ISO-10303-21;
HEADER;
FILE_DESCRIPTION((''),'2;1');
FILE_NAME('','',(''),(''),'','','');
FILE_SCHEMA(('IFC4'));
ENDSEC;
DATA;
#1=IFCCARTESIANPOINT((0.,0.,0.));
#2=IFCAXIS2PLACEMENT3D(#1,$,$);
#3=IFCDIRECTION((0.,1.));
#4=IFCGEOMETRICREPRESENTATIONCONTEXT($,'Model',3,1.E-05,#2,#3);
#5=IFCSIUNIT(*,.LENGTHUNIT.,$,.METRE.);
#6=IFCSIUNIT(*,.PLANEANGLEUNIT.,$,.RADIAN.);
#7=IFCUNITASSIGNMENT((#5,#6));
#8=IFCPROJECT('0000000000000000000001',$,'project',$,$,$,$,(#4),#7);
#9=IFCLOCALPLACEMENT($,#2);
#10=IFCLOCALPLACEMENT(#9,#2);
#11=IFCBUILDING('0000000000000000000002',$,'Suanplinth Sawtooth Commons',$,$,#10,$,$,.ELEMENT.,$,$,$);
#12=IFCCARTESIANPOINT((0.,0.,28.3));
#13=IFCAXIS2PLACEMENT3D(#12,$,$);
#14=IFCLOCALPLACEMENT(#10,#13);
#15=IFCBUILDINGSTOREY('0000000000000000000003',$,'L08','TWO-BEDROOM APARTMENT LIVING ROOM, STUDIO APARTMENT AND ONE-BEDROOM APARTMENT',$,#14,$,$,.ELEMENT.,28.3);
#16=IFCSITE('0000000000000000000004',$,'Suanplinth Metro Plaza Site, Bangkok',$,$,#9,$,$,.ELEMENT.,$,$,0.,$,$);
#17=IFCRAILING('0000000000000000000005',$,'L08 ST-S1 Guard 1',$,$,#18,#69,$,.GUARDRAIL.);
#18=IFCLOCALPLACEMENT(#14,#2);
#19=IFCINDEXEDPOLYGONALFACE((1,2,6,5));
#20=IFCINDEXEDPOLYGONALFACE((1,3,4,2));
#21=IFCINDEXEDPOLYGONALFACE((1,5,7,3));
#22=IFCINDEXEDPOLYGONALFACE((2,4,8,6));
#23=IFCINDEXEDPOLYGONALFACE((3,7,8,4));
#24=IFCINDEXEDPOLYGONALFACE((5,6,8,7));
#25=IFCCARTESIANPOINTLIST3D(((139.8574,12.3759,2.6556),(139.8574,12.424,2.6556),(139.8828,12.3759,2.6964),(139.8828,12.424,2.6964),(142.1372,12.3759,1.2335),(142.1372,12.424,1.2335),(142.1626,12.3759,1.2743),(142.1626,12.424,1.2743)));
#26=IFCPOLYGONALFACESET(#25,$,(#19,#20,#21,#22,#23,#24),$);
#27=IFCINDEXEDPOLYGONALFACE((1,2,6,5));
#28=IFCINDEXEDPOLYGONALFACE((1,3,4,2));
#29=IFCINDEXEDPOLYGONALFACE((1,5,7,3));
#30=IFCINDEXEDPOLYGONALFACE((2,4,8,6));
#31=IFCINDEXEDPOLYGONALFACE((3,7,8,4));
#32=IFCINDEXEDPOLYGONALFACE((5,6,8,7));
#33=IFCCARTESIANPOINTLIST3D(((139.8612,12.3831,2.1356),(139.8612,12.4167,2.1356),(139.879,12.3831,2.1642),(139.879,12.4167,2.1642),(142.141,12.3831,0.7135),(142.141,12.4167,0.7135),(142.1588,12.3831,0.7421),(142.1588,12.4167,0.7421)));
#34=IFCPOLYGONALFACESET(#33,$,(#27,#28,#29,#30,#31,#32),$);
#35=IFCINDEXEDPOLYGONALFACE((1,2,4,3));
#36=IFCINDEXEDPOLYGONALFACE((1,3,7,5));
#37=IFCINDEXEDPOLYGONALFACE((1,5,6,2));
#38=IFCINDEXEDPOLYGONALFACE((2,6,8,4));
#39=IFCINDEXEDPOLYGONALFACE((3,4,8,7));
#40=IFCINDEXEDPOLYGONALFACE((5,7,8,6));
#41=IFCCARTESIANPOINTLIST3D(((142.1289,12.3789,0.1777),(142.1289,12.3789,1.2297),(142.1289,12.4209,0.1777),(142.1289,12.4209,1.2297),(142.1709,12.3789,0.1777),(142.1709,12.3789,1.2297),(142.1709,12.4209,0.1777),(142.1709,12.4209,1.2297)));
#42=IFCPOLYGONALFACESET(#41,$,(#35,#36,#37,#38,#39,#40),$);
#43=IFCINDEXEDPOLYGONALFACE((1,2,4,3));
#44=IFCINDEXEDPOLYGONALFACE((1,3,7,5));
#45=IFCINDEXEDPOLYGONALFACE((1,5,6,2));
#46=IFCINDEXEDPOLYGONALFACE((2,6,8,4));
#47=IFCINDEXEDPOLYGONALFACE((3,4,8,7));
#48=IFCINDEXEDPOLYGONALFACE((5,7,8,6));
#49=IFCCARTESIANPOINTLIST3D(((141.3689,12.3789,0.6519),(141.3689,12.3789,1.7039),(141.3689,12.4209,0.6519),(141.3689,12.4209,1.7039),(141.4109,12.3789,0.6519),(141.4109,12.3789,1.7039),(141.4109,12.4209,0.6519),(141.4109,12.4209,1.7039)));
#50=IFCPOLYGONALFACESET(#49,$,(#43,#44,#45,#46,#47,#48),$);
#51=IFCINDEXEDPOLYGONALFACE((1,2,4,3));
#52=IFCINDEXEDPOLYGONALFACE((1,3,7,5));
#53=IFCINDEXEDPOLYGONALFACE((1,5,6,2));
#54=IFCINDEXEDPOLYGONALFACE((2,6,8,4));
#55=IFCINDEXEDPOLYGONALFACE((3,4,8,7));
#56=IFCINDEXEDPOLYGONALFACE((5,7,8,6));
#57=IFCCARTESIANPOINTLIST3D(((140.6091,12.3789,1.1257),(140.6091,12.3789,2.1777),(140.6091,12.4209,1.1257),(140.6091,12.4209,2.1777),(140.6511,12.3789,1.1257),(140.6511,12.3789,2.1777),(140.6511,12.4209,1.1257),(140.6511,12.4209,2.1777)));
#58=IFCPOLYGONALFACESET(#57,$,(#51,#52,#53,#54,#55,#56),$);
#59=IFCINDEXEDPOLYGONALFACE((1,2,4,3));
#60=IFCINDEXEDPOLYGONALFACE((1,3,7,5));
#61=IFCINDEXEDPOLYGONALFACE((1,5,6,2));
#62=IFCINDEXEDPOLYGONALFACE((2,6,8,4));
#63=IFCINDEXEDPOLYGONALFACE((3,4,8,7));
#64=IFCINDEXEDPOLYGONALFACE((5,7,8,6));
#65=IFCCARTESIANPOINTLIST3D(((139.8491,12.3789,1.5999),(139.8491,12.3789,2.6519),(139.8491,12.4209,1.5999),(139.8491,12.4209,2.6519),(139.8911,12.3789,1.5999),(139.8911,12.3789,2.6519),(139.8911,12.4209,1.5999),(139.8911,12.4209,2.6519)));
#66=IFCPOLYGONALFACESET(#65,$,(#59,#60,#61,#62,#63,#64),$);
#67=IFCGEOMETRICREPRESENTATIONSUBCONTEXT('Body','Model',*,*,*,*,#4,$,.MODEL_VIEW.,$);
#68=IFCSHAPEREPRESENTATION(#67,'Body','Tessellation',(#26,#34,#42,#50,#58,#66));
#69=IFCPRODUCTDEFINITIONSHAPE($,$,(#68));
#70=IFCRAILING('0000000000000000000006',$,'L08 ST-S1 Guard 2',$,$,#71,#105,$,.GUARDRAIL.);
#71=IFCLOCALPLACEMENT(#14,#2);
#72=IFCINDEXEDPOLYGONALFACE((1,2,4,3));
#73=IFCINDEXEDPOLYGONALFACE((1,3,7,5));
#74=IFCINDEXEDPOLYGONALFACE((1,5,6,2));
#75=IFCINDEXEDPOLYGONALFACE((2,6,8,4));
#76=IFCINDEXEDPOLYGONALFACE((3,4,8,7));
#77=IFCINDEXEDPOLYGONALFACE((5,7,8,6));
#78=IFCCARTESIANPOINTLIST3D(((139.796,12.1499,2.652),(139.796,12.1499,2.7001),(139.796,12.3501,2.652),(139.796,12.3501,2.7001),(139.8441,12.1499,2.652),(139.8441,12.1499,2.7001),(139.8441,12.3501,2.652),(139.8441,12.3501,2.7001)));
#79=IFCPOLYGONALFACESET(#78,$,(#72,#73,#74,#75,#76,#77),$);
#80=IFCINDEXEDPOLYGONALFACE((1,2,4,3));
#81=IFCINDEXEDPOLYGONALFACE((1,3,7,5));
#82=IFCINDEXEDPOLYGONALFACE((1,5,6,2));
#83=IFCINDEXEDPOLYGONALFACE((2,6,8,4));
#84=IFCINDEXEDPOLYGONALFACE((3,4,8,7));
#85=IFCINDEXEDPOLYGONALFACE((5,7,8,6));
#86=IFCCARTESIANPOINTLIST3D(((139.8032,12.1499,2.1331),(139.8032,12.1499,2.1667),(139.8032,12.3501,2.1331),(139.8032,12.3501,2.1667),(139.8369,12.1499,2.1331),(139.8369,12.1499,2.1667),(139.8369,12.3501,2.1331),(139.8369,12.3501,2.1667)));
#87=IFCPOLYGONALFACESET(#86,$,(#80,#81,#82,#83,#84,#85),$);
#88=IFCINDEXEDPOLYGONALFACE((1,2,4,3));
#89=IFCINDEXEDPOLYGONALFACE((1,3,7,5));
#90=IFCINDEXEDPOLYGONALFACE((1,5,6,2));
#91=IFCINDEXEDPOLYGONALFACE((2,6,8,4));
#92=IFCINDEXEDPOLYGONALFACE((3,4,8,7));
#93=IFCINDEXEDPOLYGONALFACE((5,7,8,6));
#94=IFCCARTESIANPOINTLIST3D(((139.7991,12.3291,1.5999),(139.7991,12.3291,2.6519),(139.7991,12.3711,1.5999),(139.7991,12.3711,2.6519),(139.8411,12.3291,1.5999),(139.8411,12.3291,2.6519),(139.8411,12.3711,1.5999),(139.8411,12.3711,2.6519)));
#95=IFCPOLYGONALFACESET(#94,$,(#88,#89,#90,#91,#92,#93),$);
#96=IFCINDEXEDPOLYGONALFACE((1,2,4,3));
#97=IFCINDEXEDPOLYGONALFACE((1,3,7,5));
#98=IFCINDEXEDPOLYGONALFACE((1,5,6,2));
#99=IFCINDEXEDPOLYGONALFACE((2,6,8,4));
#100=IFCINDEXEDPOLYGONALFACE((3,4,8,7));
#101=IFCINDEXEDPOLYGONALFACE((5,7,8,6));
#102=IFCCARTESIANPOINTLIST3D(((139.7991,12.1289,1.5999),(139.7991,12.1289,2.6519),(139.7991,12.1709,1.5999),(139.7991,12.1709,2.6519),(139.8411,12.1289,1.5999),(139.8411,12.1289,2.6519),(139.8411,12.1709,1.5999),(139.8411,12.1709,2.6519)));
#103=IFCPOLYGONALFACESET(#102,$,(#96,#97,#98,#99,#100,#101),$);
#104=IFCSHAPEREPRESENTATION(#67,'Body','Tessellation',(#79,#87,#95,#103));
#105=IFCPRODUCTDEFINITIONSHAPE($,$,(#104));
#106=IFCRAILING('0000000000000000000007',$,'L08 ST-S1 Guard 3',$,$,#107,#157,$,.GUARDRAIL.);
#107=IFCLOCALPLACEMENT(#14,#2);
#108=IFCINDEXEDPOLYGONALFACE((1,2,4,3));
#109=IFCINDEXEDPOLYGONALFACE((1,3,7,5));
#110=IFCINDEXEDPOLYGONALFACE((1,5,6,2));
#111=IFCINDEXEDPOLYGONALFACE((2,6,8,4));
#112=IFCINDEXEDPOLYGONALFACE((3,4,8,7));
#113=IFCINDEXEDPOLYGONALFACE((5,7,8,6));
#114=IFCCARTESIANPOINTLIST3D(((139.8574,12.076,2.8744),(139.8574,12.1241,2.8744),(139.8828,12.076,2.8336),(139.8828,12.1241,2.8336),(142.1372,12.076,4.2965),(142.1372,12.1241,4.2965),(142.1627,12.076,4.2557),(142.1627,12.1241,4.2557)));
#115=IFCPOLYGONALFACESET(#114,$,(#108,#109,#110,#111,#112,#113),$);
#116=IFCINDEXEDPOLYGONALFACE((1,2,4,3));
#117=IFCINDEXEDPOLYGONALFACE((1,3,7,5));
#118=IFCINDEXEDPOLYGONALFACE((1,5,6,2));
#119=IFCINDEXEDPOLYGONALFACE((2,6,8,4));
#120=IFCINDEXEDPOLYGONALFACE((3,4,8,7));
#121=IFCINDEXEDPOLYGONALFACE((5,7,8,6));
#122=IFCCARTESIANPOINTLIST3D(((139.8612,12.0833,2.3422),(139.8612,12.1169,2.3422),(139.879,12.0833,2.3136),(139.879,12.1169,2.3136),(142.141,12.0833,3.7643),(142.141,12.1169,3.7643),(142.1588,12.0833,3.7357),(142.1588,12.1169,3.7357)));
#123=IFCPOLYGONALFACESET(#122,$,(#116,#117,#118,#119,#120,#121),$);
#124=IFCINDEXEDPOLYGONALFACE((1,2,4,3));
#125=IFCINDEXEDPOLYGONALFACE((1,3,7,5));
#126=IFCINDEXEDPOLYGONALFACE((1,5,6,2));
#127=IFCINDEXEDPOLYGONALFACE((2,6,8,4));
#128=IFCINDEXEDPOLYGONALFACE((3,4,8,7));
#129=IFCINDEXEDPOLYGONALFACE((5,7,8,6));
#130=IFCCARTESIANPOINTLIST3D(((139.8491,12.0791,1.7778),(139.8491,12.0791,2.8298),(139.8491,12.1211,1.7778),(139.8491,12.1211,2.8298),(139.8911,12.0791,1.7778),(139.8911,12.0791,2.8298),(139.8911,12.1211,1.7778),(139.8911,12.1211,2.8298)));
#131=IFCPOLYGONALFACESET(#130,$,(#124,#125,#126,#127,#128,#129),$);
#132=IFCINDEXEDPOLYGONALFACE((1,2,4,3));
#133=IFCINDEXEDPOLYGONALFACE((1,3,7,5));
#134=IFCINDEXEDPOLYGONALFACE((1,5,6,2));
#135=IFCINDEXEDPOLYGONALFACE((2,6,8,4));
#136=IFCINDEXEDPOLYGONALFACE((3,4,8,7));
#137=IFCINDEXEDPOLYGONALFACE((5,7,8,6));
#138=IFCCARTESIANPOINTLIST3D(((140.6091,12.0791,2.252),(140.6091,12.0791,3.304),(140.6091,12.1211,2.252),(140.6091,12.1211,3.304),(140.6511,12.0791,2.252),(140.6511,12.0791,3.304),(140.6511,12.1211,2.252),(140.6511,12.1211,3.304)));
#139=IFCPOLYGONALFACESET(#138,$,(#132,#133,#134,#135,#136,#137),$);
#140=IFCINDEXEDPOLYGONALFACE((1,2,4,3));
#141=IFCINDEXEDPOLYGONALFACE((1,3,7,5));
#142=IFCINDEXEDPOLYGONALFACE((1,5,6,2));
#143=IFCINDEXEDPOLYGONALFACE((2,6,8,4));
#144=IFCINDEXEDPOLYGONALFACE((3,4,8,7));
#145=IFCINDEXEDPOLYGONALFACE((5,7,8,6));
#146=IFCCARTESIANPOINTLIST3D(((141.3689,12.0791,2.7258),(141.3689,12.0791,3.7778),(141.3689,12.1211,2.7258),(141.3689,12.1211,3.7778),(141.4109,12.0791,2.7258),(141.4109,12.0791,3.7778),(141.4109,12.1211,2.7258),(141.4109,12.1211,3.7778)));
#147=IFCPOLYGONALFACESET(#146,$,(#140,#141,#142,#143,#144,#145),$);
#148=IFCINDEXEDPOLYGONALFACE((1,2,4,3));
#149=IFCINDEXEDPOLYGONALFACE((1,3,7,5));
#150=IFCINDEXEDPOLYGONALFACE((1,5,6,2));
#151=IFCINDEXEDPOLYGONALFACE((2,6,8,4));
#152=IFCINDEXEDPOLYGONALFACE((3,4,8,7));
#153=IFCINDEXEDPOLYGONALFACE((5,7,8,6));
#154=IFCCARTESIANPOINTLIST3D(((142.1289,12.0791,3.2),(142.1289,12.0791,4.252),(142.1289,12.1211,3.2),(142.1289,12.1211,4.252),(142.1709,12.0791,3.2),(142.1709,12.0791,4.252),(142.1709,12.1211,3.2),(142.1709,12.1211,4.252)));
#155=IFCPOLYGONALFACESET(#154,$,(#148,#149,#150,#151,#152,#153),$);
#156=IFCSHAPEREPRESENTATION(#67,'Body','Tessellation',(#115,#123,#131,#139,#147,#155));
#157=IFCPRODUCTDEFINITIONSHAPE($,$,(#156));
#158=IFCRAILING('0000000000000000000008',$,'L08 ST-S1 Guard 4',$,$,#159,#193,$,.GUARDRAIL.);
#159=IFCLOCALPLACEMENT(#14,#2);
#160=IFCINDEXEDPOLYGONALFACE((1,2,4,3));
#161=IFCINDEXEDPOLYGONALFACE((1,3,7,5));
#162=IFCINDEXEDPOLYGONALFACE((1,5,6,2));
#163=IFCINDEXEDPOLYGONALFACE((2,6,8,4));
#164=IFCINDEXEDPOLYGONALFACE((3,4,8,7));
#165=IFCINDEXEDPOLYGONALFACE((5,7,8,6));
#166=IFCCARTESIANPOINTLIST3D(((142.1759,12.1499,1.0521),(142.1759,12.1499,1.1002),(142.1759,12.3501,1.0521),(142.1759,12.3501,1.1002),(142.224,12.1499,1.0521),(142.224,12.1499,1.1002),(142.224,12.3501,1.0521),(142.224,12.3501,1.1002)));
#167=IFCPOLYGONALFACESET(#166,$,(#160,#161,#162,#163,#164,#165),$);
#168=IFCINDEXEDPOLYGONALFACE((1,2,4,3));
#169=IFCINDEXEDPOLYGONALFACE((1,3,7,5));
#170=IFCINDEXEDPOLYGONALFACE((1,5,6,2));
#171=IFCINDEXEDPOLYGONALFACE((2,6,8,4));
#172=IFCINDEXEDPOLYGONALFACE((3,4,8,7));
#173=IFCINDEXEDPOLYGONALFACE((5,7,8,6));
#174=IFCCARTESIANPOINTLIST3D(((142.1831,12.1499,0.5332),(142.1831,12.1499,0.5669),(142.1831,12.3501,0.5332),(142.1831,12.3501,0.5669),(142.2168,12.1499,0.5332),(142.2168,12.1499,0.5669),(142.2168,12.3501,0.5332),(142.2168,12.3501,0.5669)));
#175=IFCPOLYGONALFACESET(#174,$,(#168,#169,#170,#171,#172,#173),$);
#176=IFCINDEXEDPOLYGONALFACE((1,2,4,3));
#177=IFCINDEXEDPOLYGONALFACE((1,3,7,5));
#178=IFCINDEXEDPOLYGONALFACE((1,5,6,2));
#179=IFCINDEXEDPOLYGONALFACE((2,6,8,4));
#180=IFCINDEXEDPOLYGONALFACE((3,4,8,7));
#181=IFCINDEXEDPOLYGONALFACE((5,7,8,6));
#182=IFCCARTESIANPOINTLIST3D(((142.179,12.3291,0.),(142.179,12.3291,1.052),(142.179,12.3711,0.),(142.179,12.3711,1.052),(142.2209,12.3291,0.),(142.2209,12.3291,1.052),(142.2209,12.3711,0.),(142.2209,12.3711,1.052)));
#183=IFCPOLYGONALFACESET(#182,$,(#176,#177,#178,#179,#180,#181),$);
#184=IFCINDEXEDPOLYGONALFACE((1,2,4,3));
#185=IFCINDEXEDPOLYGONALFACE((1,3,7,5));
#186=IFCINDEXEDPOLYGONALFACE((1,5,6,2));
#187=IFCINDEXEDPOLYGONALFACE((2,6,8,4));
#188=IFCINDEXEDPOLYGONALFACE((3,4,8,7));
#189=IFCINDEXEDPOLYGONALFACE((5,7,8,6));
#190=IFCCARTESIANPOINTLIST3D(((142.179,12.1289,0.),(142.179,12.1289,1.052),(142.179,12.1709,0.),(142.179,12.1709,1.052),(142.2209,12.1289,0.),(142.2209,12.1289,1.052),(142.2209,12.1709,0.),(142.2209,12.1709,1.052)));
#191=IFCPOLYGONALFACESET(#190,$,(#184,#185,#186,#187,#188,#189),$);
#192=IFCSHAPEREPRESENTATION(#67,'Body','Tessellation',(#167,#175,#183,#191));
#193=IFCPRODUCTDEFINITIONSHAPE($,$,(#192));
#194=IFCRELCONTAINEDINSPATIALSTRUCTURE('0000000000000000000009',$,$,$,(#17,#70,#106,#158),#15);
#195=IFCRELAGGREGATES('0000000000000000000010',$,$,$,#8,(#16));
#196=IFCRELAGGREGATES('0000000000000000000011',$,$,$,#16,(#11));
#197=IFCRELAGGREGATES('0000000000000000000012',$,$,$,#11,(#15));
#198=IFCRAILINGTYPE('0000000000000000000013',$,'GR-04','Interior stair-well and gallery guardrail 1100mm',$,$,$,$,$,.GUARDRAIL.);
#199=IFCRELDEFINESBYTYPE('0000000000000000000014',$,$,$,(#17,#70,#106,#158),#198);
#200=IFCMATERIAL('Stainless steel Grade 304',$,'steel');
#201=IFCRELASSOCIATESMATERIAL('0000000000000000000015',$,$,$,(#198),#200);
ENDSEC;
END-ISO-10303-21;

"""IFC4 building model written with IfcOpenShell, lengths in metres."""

from ifc_helpers import new_model, si_unit, direction, frame, origin, origin_2d, place, context, subcontext, project, spatial, rectangle, extrude, material, type_object, element, save


model = new_model("IFC4")

# Units and contexts
model_context = context("Model", 3, precision=1e-05, world=origin(), true_north=direction((0.0, 1.0)))
body_context = subcontext(model_context, "Body", "Model", "MODEL_VIEW")
ifc_project = project(units=[si_unit("LENGTHUNIT", "METRE"), si_unit("PLANEANGLEUNIT", "RADIAN")], contexts=[model_context])

# Site, building, storey
site_placement = place(None, origin())
site = spatial("IfcSite", under=ifc_project, at=site_placement, Name="Suanplinth Metro Plaza Site, Bangkok", CompositionType="ELEMENT", RefElevation=0.0)
building_placement = place(site_placement, origin())
building = spatial("IfcBuilding", under=site, at=building_placement, Name="Suanplinth Sawtooth Commons", CompositionType="ELEMENT")
storey_placement = place(building_placement, frame((0.0, 0.0, 28.3)))
storey = spatial("IfcBuildingStorey", under=building, at=storey_placement, Name="L08", Description="TWO-BEDROOM APARTMENT LIVING ROOM, STUDIO APARTMENT AND ONE-BEDROOM APARTMENT", CompositionType="ELEMENT", Elevation=28.3)

# Shared definitions
ifc_material_1 = material(Name="Stainless steel Grade 304", Category="steel")

# Railings
railing_type_1 = type_object("IfcRailingType", Name="GR-04", Description="Interior stair-well and gallery guardrail 1100mm", PredefinedType="GUARDRAIL", material=ifc_material_1)
railing_1_placement = place(storey_placement, frame((142.1499, 12.3999, 0.1777)))
element("IfcRailing", 1, at=railing_1_placement, inside=storey, type_object=railing_type_1, Name="L08 ST-S1 Guard 1", PredefinedType="GUARDRAIL", context=body_context, shape_type="SweptSolid", body=[
    extrude(rectangle(XDim=0.0481, YDim=0.0481, at=origin_2d()), frame((0.0, 0.0, 1.0762), z_axis=(-0.848457, 0.0, 0.529264), x_axis=(0.0, -1.0, 0.0)), (0.0, 0.0, 1.0), 2.687),
    extrude(rectangle(XDim=0.0337, YDim=0.0337, at=origin_2d()), frame((0.0, 0.0, 0.55), z_axis=(-0.848457, 0.0, 0.529264), x_axis=(0.0, -1.0, 0.0)), (0.0, 0.0, 1.0), 2.687),
    extrude(rectangle(XDim=0.042, YDim=0.042, at=origin_2d()), origin(), (0.0, 0.0, 1.0), 1.052),
    extrude(rectangle(XDim=0.042, YDim=0.042, at=origin_2d()), frame((-0.76, 0.0, 0.4741)), (0.0, 0.0, 1.0), 1.052),
    extrude(rectangle(XDim=0.042, YDim=0.042, at=origin_2d()), frame((-1.5198, 0.0, 0.948)), (0.0, 0.0, 1.0), 1.052),
    extrude(rectangle(XDim=0.042, YDim=0.042, at=origin_2d()), frame((-2.2798, 0.0, 1.4221)), (0.0, 0.0, 1.0), 1.052),
])
railing_2_placement = place(storey_placement, frame((139.8201, 12.3501, 1.5999)))
element("IfcRailing", 2, at=railing_2_placement, inside=storey, type_object=railing_type_1, Name="L08 ST-S1 Guard 2", PredefinedType="GUARDRAIL", context=body_context, shape_type="SweptSolid", body=[
    extrude(rectangle(XDim=0.0481, YDim=0.0481, at=origin_2d()), frame((0.0, 0.0, 1.0762), z_axis=(0.0, -1.0, 0.0), x_axis=(1.0, 0.0, 0.0)), (0.0, 0.0, 1.0), 0.2002),
    extrude(rectangle(XDim=0.0337, YDim=0.0337, at=origin_2d()), frame((0.0, 0.0, 0.55), z_axis=(0.0, -1.0, 0.0), x_axis=(1.0, 0.0, 0.0)), (0.0, 0.0, 1.0), 0.2002),
    extrude(rectangle(XDim=0.042, YDim=0.042, at=origin_2d()), origin(), (0.0, 0.0, 1.0), 1.052),
    extrude(rectangle(XDim=0.042, YDim=0.042, at=origin_2d()), frame((0.0, -0.2002, 0.0)), (0.0, 0.0, 1.0), 1.052),
])
railing_3_placement = place(storey_placement, frame((139.8701, 12.1001, 1.7778)))
element("IfcRailing", 3, at=railing_3_placement, inside=storey, type_object=railing_type_1, Name="L08 ST-S1 Guard 3", PredefinedType="GUARDRAIL", context=body_context, shape_type="SweptSolid", body=[
    extrude(rectangle(XDim=0.0481, YDim=0.0481, at=origin_2d()), frame((0.0, 0.0, 1.0762), z_axis=(0.848457, 0.0, 0.529264), x_axis=(0.0, 1.0, 0.0)), (0.0, 0.0, 1.0), 2.687),
    extrude(rectangle(XDim=0.0337, YDim=0.0337, at=origin_2d()), frame((0.0, 0.0, 0.55), z_axis=(0.848457, 0.0, 0.529264), x_axis=(0.0, 1.0, 0.0)), (0.0, 0.0, 1.0), 2.687),
    extrude(rectangle(XDim=0.042, YDim=0.042, at=origin_2d()), origin(), (0.0, 0.0, 1.0), 1.052),
    extrude(rectangle(XDim=0.042, YDim=0.042, at=origin_2d()), frame((0.76, 0.0, 0.4741)), (0.0, 0.0, 1.0), 1.052),
    extrude(rectangle(XDim=0.042, YDim=0.042, at=origin_2d()), frame((1.5198, 0.0, 0.948)), (0.0, 0.0, 1.0), 1.052),
    extrude(rectangle(XDim=0.042, YDim=0.042, at=origin_2d()), frame((2.2798, 0.0, 1.4221)), (0.0, 0.0, 1.0), 1.052),
])
railing_4_placement = place(storey_placement, frame((142.2, 12.3501, 0.0)))
element("IfcRailing", 4, at=railing_4_placement, inside=storey, type_object=railing_type_1, Name="L08 ST-S1 Guard 4", PredefinedType="GUARDRAIL", context=body_context, shape_type="SweptSolid", body=[
    extrude(rectangle(XDim=0.0481, YDim=0.0481, at=origin_2d()), frame((0.0, 0.0, 1.0762), z_axis=(0.0, -1.0, 0.0), x_axis=(1.0, 0.0, 0.0)), (0.0, 0.0, 1.0), 0.2002),
    extrude(rectangle(XDim=0.0337, YDim=0.0337, at=origin_2d()), frame((0.0, 0.0, 0.55), z_axis=(0.0, -1.0, 0.0), x_axis=(1.0, 0.0, 0.0)), (0.0, 0.0, 1.0), 0.2002),
    extrude(rectangle(XDim=0.042, YDim=0.042, at=origin_2d()), origin(), (0.0, 0.0, 1.0), 1.052),
    extrude(rectangle(XDim=0.042, YDim=0.042, at=origin_2d()), frame((0.0, -0.2002, 0.0)), (0.0, 0.0, 1.0), 1.052),
])

save(model, "model.ifc")
